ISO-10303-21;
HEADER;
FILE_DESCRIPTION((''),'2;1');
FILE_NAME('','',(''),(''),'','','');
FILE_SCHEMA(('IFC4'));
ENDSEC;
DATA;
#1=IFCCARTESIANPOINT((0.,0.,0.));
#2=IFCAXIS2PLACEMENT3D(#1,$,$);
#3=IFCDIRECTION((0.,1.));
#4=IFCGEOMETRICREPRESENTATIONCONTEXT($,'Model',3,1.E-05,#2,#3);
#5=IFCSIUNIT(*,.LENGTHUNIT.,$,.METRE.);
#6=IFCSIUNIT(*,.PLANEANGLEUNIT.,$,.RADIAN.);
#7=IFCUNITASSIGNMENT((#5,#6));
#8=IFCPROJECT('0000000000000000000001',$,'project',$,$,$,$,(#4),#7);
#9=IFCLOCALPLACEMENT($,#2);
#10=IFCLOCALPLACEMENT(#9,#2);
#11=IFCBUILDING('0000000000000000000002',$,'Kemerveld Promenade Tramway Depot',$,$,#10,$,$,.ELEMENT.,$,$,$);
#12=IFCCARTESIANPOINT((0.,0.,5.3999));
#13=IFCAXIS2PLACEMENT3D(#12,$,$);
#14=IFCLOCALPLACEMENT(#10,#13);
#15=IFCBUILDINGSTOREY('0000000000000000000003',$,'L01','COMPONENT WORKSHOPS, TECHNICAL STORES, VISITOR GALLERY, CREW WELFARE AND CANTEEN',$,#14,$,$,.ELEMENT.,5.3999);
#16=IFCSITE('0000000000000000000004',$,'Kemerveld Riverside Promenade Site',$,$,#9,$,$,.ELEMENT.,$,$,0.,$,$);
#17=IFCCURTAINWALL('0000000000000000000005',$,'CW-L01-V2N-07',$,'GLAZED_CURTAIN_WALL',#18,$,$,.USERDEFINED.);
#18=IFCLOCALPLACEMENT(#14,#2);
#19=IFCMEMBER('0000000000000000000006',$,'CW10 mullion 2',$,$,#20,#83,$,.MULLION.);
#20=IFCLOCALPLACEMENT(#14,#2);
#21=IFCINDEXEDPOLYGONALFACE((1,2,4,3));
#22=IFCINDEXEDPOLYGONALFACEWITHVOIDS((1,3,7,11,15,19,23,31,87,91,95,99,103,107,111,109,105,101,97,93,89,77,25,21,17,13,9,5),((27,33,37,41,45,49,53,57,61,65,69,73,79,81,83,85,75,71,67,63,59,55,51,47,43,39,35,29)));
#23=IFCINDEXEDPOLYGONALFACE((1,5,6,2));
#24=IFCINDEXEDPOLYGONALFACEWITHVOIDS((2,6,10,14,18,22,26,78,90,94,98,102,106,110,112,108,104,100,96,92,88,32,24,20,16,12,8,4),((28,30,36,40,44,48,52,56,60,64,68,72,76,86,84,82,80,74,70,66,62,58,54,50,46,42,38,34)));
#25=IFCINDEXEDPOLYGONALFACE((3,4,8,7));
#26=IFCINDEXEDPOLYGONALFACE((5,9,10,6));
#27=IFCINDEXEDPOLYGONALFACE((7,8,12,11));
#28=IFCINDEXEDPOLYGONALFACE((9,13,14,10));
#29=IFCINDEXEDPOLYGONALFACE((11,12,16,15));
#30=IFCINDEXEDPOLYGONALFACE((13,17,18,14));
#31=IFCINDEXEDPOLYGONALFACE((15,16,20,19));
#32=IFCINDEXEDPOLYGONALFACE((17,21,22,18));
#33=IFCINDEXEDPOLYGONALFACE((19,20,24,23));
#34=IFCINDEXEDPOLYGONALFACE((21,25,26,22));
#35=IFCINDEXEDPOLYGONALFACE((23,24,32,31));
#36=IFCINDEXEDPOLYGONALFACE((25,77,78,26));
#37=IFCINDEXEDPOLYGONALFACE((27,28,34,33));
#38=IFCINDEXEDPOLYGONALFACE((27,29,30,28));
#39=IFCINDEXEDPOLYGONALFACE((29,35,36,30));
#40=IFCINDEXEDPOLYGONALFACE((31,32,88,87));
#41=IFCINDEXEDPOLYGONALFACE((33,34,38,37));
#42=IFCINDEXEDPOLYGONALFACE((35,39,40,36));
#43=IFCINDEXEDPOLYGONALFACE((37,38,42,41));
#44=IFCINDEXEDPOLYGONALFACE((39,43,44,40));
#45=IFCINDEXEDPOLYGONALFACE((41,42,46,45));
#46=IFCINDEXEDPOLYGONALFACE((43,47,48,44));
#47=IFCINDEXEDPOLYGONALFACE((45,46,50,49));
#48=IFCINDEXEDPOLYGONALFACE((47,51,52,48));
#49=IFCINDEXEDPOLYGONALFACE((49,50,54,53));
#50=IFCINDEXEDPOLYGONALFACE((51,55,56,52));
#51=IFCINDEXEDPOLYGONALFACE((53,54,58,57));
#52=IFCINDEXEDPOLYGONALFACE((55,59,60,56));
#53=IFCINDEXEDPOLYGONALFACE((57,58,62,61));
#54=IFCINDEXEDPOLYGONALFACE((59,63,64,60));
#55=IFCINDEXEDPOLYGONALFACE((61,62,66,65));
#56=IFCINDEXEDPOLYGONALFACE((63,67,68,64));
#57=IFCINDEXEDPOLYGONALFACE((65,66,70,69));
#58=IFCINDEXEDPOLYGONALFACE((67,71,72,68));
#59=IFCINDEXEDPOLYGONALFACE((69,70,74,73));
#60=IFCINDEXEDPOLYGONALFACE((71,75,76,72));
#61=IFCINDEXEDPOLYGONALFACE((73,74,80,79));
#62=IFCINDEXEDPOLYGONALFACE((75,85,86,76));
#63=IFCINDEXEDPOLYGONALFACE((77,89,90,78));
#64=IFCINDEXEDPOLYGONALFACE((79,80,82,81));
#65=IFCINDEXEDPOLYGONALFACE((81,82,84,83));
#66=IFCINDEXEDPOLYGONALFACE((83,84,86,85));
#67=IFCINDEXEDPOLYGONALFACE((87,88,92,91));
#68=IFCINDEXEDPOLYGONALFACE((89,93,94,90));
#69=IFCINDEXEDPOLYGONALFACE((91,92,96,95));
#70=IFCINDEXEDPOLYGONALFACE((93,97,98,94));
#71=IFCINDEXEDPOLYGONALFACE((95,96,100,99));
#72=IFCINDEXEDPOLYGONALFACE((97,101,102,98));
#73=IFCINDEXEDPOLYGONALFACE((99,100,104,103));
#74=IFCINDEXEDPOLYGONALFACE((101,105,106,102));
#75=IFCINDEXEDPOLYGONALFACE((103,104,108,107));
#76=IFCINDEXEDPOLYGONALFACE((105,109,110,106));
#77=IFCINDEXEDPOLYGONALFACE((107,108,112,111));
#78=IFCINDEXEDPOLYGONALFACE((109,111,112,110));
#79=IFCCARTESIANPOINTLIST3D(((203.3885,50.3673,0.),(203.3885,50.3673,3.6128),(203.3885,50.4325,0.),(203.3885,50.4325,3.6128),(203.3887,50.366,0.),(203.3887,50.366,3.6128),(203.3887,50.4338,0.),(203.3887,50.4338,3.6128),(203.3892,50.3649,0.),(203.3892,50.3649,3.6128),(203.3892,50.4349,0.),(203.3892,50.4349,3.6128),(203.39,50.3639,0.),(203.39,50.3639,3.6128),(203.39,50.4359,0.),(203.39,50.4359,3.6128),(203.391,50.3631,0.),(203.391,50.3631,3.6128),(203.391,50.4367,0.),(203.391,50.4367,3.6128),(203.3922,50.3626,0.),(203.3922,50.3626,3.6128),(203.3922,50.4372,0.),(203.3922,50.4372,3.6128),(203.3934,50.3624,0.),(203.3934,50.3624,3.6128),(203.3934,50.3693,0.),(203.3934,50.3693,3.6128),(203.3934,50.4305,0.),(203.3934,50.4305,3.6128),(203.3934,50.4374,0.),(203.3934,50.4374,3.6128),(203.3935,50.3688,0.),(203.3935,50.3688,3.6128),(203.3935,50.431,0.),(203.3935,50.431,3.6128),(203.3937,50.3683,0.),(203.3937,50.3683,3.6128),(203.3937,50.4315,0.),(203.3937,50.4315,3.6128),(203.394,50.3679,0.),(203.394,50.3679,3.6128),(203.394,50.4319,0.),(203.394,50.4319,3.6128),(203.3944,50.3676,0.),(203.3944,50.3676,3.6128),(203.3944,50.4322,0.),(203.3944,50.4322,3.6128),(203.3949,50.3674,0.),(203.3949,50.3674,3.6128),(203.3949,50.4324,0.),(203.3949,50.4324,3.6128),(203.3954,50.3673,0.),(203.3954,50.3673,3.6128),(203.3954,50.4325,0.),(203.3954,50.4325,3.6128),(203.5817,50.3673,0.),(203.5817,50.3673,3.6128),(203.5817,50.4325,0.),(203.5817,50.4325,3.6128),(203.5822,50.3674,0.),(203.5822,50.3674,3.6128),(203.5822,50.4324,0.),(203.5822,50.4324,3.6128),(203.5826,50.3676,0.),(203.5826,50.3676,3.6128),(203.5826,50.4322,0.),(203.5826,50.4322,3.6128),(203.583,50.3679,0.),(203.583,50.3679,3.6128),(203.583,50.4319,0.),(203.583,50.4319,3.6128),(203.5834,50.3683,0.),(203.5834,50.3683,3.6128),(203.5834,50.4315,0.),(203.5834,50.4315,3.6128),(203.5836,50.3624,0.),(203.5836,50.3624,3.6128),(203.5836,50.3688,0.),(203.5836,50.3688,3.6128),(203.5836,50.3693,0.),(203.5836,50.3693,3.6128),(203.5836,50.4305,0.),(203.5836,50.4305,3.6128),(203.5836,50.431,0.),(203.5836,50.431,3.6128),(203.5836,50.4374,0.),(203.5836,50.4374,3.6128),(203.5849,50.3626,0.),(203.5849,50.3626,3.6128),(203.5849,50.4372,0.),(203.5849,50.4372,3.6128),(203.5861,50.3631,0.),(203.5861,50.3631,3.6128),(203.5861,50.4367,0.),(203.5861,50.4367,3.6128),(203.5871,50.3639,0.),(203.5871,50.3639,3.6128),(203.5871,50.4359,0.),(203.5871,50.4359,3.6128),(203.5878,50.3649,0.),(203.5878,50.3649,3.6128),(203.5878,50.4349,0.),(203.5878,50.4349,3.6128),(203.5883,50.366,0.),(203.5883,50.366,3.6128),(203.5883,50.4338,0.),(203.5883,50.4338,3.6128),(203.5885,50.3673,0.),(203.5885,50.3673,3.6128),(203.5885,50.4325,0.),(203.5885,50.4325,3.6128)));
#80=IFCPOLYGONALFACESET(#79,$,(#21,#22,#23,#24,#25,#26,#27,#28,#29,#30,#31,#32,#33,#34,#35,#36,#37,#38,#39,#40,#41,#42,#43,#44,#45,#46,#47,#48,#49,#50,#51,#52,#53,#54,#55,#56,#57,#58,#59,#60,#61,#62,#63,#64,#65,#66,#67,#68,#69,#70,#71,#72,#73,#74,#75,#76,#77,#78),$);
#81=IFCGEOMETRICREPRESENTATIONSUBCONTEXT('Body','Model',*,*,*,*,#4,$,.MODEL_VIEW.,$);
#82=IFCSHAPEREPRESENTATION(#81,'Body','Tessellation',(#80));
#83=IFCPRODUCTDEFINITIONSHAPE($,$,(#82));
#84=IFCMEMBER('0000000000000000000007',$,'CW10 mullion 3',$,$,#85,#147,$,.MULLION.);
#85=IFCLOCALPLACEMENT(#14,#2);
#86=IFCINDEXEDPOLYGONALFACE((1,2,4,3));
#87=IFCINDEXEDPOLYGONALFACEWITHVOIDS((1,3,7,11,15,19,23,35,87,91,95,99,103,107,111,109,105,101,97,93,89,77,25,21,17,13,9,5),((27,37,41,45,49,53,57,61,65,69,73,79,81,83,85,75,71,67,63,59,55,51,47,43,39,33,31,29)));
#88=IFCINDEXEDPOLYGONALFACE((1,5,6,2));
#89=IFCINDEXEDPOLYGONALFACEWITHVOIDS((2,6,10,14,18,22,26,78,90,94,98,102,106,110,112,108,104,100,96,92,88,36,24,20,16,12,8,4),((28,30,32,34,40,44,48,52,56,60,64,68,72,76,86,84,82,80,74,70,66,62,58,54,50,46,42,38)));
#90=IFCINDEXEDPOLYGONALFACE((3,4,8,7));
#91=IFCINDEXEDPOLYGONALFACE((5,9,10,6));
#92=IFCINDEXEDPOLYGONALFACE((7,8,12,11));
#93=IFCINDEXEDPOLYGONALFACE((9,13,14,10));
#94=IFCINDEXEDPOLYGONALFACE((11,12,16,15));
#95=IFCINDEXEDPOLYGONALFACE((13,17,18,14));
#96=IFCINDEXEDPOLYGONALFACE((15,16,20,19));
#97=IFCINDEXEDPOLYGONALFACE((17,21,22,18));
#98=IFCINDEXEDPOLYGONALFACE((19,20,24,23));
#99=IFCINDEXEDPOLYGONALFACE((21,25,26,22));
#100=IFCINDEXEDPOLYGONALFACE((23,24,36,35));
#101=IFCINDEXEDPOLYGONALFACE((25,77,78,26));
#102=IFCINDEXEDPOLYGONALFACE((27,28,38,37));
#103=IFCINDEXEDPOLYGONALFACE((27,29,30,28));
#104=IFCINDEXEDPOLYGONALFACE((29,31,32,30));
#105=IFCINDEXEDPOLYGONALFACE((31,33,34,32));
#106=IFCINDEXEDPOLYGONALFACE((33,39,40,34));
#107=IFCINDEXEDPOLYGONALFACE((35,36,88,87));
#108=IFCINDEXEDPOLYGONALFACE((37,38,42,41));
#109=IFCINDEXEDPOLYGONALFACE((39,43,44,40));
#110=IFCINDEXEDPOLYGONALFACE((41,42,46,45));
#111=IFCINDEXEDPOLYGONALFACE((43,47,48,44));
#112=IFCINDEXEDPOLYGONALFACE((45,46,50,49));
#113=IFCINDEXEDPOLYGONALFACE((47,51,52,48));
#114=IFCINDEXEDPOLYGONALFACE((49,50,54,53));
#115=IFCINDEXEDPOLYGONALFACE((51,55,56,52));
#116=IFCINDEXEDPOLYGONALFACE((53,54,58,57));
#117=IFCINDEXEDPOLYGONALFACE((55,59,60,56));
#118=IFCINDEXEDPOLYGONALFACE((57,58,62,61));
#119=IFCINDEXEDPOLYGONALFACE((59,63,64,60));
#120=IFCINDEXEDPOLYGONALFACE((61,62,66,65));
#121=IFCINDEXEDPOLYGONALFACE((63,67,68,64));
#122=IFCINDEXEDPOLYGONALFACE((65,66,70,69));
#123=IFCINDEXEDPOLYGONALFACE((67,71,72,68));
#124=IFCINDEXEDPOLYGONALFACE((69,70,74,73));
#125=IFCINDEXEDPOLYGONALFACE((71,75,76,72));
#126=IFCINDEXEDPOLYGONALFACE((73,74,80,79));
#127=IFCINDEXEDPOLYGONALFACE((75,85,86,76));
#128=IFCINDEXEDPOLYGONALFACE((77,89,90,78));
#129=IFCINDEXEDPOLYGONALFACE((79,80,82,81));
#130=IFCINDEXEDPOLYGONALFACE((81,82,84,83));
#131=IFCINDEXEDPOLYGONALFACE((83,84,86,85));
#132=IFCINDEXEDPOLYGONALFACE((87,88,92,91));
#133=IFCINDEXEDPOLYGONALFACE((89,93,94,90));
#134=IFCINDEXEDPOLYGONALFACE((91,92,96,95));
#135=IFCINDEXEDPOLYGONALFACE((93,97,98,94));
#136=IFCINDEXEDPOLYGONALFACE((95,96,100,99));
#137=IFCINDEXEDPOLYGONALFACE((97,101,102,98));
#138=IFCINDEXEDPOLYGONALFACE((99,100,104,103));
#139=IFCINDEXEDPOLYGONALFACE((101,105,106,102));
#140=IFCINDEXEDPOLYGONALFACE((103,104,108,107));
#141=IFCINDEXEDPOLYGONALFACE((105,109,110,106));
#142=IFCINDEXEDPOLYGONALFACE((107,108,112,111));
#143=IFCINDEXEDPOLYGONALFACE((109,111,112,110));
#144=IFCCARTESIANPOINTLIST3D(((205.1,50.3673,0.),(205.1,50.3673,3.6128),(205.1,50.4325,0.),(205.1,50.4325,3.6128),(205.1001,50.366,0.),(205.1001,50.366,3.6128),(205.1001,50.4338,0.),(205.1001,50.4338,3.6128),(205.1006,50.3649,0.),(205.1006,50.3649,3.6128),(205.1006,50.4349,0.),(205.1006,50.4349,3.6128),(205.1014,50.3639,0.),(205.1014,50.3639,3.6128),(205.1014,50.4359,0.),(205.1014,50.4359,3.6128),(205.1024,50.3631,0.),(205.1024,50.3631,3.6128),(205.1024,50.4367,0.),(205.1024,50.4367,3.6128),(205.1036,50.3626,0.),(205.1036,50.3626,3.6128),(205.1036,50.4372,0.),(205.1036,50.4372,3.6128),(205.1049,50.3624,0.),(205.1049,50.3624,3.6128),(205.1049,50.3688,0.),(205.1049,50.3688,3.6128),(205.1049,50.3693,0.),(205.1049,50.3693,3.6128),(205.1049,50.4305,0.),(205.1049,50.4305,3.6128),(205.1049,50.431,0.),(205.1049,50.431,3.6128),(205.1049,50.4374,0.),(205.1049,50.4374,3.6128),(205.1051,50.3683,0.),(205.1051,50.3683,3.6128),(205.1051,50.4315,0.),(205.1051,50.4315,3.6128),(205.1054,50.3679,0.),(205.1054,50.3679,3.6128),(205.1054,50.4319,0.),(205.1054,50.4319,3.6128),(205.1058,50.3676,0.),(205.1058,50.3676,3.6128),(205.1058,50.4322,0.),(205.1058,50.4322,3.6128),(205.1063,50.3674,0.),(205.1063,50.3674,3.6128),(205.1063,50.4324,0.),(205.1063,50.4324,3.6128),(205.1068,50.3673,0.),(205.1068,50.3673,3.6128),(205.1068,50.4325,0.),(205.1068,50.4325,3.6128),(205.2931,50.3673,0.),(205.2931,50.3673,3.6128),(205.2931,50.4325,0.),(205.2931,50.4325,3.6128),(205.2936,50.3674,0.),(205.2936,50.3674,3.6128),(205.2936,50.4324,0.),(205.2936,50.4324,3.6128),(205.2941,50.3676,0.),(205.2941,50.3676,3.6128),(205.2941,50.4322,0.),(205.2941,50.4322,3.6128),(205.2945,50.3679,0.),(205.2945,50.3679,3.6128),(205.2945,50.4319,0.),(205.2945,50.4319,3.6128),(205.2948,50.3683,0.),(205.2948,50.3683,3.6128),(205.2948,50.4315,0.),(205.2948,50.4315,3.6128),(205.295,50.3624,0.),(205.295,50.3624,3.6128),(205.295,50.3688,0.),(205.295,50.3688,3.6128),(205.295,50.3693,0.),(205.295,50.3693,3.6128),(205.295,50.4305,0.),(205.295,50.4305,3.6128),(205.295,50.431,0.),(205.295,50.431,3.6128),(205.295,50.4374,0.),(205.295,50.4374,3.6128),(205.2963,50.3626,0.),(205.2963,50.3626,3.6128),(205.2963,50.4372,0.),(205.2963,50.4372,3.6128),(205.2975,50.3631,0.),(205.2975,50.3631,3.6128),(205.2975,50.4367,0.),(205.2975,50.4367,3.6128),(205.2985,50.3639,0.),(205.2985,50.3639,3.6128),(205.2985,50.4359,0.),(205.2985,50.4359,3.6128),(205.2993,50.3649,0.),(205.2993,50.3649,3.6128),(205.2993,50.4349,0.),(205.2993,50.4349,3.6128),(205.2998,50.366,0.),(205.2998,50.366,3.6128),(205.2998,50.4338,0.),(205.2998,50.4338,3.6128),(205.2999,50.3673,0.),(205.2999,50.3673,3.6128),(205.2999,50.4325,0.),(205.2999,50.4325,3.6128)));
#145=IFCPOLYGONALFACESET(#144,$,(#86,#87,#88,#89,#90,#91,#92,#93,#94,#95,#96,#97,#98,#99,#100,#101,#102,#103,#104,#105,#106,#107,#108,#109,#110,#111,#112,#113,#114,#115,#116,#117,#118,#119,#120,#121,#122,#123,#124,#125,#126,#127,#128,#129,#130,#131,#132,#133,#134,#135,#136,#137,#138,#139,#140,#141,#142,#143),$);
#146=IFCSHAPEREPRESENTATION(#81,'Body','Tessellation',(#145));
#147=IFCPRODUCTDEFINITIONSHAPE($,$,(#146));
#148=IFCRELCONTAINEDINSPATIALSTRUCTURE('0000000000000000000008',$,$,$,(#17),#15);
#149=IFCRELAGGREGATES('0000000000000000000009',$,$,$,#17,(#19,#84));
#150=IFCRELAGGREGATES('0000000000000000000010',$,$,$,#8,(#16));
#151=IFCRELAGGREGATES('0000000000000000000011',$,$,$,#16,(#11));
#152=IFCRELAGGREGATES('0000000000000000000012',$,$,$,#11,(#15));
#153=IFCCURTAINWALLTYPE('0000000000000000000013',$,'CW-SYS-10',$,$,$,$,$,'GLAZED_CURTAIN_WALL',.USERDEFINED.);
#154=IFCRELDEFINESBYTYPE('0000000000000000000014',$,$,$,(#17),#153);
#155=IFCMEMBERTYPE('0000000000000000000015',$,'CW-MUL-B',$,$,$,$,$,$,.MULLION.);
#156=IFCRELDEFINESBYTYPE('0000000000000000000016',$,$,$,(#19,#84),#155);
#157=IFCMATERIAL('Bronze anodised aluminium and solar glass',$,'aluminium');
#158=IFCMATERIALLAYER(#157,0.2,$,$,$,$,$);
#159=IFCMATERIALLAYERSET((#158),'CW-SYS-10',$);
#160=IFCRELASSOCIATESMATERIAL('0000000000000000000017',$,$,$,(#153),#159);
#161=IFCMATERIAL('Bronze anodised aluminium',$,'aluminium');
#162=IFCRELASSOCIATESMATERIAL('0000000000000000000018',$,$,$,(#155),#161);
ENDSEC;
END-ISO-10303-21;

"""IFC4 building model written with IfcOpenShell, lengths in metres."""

from ifc_helpers import new_model, si_unit, direction, frame, origin, origin_2d, place, context, subcontext, project, spatial, hollow_rectangle, extrude, material, layer, layer_set, material_profile, profile_set, type_object, element, aggregate, save


model = new_model("IFC4")

# Units and contexts
model_context = context("Model", 3, precision=1e-05, world=origin(), true_north=direction((0.0, 1.0)))
body_context = subcontext(model_context, "Body", "Model", "MODEL_VIEW")
ifc_project = project(units=[si_unit("LENGTHUNIT", "METRE"), si_unit("PLANEANGLEUNIT", "RADIAN")], contexts=[model_context])

# Site, building, storey
site_placement = place(None, origin())
site = spatial("IfcSite", under=ifc_project, at=site_placement, Name="Kemerveld Riverside Promenade Site", CompositionType="ELEMENT", RefElevation=0.0)
building_placement = place(site_placement, origin())
building = spatial("IfcBuilding", under=site, at=building_placement, Name="Kemerveld Promenade Tramway Depot", CompositionType="ELEMENT")
storey_placement = place(building_placement, frame((0.0, 0.0, 5.3999)))
storey = spatial("IfcBuildingStorey", under=building, at=storey_placement, Name="L01", Description="COMPONENT WORKSHOPS, TECHNICAL STORES, VISITOR GALLERY, CREW WELFARE AND CANTEEN", CompositionType="ELEMENT", Elevation=5.3999)

# Curtain wall, members
ifc_material_1 = material(Name="Bronze anodised aluminium and solar glass", Category="aluminium")
ifc_layer_1 = layer(ifc_material_1, 0.2)
ifc_layer_set_1 = layer_set([ifc_layer_1], Name="CW-SYS-10")
curtain_wall_type = type_object("IfcCurtainWallType", Name="CW-SYS-10", ElementType="GLAZED_CURTAIN_WALL", PredefinedType="USERDEFINED", material=ifc_layer_set_1)
curtain_wall_placement = place(storey_placement, origin())
curtain_wall = element("IfcCurtainWall", 1, at=curtain_wall_placement, inside=storey, type_object=curtain_wall_type, Name="CW-L01-V2N-07", ObjectType="GLAZED_CURTAIN_WALL", PredefinedType="USERDEFINED")
ifc_material_2 = material(Name="Bronze anodised aluminium", Category="aluminium")
ifc_material_profile_1 = material_profile(ifc_material_2, hollow_rectangle(XDim=0.075, YDim=0.2, WallThickness=0.0049, InnerFilletRadius=0.002, OuterFilletRadius=0.0049, at=origin_2d()), Name="CW-MUL-200x75")
ifc_profile_set_1 = profile_set([ifc_material_profile_1], Name="Bronze anodised aluminium")
member_type_1 = type_object("IfcMemberType", Name="CW-MUL-B", PredefinedType="MULLION", material=ifc_profile_set_1)
member_1_placement = place(storey_placement, frame((203.4885, 50.3999, 0.0), z_axis=(0.0, 0.0, 1.0), x_axis=(0.0, 1.0, 0.0)))
member_1 = element("IfcMember", 2, at=member_1_placement, type_object=member_type_1, Name="CW10 mullion 2", PredefinedType="MULLION", context=body_context, shape_type="SweptSolid", body=[
    extrude(hollow_rectangle(XDim=0.075, YDim=0.2, WallThickness=0.0049, InnerFilletRadius=0.002, OuterFilletRadius=0.0049, at=origin_2d()), origin(), (0.0, 0.0, 1.0), 3.6128),
])
member_2_placement = place(storey_placement, frame((205.2, 50.3999, 0.0), z_axis=(0.0, 0.0, 1.0), x_axis=(0.0, 1.0, 0.0)))
member_2 = element("IfcMember", 3, at=member_2_placement, type_object=member_type_1, Name="CW10 mullion 3", PredefinedType="MULLION", context=body_context, shape_type="SweptSolid", body=[
    extrude(hollow_rectangle(XDim=0.075, YDim=0.2, WallThickness=0.0049, InnerFilletRadius=0.002, OuterFilletRadius=0.0049, at=origin_2d()), origin(), (0.0, 0.0, 1.0), 3.6128),
])
aggregate(curtain_wall, [member_1, member_2])

save(model, "model.ifc")
